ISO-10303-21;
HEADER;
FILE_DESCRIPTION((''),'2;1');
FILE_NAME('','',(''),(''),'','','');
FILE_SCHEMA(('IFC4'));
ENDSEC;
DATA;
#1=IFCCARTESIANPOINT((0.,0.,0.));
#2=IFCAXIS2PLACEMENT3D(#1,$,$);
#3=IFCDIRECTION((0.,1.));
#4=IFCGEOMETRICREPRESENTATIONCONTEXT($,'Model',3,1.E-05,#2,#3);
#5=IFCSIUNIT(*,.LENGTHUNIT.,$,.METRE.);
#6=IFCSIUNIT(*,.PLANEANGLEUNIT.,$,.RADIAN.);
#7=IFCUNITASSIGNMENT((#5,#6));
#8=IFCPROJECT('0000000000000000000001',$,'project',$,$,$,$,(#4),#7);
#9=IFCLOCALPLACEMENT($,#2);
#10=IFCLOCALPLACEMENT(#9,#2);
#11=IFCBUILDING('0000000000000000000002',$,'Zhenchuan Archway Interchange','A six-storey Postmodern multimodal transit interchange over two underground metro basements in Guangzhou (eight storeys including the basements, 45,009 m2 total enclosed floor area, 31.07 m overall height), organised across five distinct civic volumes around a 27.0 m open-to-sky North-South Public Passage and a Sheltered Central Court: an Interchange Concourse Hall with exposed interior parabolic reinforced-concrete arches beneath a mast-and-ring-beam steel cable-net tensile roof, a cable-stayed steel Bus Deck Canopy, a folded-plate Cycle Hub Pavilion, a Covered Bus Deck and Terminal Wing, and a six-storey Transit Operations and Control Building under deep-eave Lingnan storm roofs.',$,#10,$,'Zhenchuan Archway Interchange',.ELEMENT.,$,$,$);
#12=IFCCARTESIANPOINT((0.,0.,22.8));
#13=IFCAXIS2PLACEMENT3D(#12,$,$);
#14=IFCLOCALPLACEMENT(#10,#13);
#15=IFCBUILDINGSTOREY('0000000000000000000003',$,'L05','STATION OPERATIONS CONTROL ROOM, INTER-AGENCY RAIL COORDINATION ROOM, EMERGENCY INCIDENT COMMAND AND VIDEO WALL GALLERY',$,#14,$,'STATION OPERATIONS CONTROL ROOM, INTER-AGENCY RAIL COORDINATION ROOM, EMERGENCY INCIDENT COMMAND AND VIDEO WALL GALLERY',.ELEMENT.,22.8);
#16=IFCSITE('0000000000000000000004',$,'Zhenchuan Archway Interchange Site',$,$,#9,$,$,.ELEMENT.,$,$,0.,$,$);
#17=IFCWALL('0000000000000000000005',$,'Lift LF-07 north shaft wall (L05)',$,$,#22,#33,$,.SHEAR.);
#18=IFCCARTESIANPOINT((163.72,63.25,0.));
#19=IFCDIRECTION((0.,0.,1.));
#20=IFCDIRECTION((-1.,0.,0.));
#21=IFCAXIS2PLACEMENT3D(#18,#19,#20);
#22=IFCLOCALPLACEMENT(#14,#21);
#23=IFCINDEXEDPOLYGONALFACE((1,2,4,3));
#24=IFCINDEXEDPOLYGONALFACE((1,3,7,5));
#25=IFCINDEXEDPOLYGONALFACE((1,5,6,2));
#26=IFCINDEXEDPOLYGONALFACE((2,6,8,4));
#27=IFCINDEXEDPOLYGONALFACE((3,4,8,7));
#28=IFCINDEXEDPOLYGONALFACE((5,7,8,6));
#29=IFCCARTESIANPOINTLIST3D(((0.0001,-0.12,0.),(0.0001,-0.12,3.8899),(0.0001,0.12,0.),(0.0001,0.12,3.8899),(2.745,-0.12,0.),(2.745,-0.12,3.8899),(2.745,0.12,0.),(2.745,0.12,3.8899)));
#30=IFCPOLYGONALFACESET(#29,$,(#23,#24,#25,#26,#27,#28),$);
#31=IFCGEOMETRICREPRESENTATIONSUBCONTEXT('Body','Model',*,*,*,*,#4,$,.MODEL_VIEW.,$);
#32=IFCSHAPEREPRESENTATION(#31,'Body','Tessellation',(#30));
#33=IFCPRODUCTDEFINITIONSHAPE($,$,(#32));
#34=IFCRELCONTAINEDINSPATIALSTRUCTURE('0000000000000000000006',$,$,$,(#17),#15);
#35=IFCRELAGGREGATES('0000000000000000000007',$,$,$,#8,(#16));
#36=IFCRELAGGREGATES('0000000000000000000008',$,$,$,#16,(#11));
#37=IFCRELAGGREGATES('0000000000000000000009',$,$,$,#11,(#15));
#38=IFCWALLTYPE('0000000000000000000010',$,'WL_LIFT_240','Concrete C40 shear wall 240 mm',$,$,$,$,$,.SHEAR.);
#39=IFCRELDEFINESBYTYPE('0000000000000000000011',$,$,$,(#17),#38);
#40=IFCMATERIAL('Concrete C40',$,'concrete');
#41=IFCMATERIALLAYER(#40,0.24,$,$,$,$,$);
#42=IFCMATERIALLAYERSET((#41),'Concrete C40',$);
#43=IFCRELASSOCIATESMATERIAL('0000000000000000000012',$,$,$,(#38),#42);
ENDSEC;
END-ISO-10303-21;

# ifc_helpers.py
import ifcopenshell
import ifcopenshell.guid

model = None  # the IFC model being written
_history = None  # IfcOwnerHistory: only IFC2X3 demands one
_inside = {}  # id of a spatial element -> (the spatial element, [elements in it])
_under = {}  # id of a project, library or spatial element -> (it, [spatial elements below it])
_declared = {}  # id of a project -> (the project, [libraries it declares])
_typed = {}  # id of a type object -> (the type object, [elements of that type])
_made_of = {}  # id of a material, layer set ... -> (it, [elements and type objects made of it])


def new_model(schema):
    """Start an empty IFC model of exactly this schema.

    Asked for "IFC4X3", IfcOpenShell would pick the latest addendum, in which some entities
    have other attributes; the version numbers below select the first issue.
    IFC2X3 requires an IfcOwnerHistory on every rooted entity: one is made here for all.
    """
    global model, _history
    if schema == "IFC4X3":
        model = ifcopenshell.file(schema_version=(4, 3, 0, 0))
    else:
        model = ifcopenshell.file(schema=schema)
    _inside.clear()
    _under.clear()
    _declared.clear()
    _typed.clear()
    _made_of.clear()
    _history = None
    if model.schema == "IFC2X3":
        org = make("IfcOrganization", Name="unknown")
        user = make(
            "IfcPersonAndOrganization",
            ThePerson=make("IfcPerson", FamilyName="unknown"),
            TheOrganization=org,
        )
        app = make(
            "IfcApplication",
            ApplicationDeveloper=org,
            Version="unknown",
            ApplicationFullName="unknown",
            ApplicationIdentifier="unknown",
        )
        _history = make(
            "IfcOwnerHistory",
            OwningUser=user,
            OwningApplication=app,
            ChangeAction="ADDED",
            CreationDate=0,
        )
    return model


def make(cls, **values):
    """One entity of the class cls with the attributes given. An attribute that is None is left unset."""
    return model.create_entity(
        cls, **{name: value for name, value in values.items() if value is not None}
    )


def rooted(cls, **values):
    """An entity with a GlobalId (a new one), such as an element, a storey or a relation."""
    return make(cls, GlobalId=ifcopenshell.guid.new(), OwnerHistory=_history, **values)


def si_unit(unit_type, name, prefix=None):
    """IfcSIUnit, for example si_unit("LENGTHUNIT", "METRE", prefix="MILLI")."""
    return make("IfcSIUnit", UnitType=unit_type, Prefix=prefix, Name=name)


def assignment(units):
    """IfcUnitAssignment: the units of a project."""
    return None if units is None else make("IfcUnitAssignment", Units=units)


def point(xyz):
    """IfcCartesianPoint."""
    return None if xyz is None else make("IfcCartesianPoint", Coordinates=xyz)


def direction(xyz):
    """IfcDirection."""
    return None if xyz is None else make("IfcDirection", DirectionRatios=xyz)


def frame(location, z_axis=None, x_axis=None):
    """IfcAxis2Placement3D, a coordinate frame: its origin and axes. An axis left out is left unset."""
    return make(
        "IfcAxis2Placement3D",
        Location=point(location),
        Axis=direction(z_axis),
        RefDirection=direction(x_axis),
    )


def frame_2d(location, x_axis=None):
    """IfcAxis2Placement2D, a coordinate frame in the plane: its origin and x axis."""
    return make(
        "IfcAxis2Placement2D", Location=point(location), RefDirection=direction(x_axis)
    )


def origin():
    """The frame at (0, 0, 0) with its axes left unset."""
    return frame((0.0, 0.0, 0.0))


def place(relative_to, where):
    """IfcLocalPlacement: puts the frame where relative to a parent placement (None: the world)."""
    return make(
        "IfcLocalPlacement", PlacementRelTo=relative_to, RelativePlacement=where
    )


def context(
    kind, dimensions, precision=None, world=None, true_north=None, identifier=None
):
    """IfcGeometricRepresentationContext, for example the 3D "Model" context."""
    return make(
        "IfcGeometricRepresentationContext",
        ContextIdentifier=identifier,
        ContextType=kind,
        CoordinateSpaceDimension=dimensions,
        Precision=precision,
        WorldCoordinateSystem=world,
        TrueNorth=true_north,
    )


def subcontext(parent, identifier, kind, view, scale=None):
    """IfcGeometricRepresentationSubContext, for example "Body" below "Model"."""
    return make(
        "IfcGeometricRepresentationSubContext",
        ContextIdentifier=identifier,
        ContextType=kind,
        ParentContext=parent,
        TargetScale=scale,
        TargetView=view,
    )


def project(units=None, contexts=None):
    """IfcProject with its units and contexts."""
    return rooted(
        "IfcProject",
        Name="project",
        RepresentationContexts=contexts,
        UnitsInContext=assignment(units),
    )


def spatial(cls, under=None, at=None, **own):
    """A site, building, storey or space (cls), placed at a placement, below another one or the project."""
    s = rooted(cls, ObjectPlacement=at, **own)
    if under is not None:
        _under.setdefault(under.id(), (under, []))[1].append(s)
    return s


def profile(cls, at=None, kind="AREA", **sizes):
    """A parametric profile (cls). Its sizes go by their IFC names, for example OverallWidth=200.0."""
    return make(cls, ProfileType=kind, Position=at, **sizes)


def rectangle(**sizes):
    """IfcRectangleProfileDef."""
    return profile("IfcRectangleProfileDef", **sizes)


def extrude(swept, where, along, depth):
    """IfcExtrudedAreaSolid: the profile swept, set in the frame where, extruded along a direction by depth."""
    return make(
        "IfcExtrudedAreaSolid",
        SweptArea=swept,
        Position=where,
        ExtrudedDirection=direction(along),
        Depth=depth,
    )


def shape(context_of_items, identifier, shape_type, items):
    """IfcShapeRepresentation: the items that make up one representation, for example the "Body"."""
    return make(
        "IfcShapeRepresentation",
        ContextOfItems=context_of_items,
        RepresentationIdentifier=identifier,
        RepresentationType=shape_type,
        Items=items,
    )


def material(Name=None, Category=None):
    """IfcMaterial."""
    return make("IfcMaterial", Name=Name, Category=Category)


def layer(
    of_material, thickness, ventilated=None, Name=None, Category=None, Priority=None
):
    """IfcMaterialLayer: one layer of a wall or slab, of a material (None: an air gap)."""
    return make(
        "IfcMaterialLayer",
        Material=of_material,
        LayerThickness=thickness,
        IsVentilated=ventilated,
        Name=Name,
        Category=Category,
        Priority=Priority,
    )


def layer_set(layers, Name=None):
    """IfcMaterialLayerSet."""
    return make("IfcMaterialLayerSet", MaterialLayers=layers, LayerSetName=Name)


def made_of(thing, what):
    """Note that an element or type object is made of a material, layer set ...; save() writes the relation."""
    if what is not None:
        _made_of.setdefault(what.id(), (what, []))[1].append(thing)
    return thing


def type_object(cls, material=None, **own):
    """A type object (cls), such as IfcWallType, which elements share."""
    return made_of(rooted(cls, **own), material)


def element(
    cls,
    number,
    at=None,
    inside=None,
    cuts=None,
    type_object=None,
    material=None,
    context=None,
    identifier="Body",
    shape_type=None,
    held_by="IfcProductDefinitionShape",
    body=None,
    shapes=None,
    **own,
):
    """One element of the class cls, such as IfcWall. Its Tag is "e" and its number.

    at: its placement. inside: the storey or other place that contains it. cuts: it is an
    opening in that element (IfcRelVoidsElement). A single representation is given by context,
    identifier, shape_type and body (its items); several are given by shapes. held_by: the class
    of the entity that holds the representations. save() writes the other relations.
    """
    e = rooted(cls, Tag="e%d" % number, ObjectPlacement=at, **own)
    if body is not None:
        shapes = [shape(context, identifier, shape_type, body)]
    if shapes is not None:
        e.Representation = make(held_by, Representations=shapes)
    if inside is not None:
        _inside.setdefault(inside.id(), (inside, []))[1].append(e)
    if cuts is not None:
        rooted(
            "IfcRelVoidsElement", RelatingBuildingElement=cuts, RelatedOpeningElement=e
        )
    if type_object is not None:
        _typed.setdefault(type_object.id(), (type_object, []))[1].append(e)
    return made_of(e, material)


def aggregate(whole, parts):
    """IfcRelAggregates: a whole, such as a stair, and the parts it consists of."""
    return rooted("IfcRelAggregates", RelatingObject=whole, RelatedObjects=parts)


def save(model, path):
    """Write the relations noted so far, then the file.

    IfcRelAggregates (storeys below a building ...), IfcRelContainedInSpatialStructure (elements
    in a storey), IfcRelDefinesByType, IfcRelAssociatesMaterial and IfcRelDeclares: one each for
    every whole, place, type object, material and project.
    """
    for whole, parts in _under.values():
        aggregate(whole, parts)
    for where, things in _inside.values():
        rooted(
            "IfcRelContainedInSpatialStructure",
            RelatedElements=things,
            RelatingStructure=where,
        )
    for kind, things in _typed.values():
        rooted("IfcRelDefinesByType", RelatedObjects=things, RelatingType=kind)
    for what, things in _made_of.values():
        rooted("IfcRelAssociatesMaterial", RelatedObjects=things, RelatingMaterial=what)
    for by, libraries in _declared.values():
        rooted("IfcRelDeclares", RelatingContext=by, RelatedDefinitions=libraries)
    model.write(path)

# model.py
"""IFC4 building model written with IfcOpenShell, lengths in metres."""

from ifc_helpers import new_model, si_unit, direction, frame, frame_2d, origin, place, context, subcontext, project, spatial, rectangle, extrude, material, layer, layer_set, type_object, element, save


model = new_model("IFC4")

# Units and contexts
model_context = context("Model", 3, precision=1e-05, world=origin(), true_north=direction((0.0, 1.0)))
body_context = subcontext(model_context, "Body", "Model", "MODEL_VIEW")
ifc_project = project(units=[si_unit("LENGTHUNIT", "METRE"), si_unit("PLANEANGLEUNIT", "RADIAN")], contexts=[model_context])

# Site, building, storey
site_placement = place(None, origin())
site = spatial("IfcSite", under=ifc_project, at=site_placement, Name="Zhenchuan Archway Interchange Site", CompositionType="ELEMENT", RefElevation=0.0)
building_placement = place(site_placement, origin())
building = spatial("IfcBuilding", under=site, at=building_placement, Name="Zhenchuan Archway Interchange", Description="A six-storey Postmodern multimodal transit interchange over two underground metro basements in Guangzhou (eight storeys including the basements, 45,009 m2 total enclosed floor area, 31.07 m overall height), organised across five distinct civic volumes around a 27.0 m open-to-sky North-South Public Passage and a Sheltered Central Court: an Interchange Concourse Hall with exposed interior parabolic reinforced-concrete arches beneath a mast-and-ring-beam steel cable-net tensile roof, a cable-stayed steel Bus Deck Canopy, a folded-plate Cycle Hub Pavilion, a Covered Bus Deck and Terminal Wing, and a six-storey Transit Operations and Control Building under deep-eave Lingnan storm roofs.", LongName="Zhenchuan Archway Interchange", CompositionType="ELEMENT")
storey_placement = place(building_placement, frame((0.0, 0.0, 22.8)))
storey = spatial("IfcBuildingStorey", under=building, at=storey_placement, Name="L05", Description="STATION OPERATIONS CONTROL ROOM, INTER-AGENCY RAIL COORDINATION ROOM, EMERGENCY INCIDENT COMMAND AND VIDEO WALL GALLERY", LongName="STATION OPERATIONS CONTROL ROOM, INTER-AGENCY RAIL COORDINATION ROOM, EMERGENCY INCIDENT COMMAND AND VIDEO WALL GALLERY", CompositionType="ELEMENT", Elevation=22.8)

# Shared definitions
ifc_material_1 = material(Name="Concrete C40", Category="concrete")

# Wall
ifc_layer_1 = layer(ifc_material_1, 0.24)
ifc_layer_set_1 = layer_set([ifc_layer_1], Name="Concrete C40")
wall_type_1 = type_object("IfcWallType", Name="WL_LIFT_240", Description="Concrete C40 shear wall 240 mm", PredefinedType="SHEAR", material=ifc_layer_set_1)
wall_1_placement = place(storey_placement, frame((163.72, 63.25, 0.0), z_axis=(0.0, 0.0, 1.0), x_axis=(-1.0, 0.0, 0.0)))
element("IfcWall", 1, at=wall_1_placement, inside=storey, type_object=wall_type_1, Name="Lift LF-07 north shaft wall (L05)", PredefinedType="SHEAR", context=body_context, shape_type="SweptSolid", body=[
    extrude(rectangle(XDim=2.7449, YDim=0.24, at=frame_2d((1.3726, 0.0))), origin(), (0.0, 0.0, 1.0), 3.8899),
])

save(model, "model.ifc")
